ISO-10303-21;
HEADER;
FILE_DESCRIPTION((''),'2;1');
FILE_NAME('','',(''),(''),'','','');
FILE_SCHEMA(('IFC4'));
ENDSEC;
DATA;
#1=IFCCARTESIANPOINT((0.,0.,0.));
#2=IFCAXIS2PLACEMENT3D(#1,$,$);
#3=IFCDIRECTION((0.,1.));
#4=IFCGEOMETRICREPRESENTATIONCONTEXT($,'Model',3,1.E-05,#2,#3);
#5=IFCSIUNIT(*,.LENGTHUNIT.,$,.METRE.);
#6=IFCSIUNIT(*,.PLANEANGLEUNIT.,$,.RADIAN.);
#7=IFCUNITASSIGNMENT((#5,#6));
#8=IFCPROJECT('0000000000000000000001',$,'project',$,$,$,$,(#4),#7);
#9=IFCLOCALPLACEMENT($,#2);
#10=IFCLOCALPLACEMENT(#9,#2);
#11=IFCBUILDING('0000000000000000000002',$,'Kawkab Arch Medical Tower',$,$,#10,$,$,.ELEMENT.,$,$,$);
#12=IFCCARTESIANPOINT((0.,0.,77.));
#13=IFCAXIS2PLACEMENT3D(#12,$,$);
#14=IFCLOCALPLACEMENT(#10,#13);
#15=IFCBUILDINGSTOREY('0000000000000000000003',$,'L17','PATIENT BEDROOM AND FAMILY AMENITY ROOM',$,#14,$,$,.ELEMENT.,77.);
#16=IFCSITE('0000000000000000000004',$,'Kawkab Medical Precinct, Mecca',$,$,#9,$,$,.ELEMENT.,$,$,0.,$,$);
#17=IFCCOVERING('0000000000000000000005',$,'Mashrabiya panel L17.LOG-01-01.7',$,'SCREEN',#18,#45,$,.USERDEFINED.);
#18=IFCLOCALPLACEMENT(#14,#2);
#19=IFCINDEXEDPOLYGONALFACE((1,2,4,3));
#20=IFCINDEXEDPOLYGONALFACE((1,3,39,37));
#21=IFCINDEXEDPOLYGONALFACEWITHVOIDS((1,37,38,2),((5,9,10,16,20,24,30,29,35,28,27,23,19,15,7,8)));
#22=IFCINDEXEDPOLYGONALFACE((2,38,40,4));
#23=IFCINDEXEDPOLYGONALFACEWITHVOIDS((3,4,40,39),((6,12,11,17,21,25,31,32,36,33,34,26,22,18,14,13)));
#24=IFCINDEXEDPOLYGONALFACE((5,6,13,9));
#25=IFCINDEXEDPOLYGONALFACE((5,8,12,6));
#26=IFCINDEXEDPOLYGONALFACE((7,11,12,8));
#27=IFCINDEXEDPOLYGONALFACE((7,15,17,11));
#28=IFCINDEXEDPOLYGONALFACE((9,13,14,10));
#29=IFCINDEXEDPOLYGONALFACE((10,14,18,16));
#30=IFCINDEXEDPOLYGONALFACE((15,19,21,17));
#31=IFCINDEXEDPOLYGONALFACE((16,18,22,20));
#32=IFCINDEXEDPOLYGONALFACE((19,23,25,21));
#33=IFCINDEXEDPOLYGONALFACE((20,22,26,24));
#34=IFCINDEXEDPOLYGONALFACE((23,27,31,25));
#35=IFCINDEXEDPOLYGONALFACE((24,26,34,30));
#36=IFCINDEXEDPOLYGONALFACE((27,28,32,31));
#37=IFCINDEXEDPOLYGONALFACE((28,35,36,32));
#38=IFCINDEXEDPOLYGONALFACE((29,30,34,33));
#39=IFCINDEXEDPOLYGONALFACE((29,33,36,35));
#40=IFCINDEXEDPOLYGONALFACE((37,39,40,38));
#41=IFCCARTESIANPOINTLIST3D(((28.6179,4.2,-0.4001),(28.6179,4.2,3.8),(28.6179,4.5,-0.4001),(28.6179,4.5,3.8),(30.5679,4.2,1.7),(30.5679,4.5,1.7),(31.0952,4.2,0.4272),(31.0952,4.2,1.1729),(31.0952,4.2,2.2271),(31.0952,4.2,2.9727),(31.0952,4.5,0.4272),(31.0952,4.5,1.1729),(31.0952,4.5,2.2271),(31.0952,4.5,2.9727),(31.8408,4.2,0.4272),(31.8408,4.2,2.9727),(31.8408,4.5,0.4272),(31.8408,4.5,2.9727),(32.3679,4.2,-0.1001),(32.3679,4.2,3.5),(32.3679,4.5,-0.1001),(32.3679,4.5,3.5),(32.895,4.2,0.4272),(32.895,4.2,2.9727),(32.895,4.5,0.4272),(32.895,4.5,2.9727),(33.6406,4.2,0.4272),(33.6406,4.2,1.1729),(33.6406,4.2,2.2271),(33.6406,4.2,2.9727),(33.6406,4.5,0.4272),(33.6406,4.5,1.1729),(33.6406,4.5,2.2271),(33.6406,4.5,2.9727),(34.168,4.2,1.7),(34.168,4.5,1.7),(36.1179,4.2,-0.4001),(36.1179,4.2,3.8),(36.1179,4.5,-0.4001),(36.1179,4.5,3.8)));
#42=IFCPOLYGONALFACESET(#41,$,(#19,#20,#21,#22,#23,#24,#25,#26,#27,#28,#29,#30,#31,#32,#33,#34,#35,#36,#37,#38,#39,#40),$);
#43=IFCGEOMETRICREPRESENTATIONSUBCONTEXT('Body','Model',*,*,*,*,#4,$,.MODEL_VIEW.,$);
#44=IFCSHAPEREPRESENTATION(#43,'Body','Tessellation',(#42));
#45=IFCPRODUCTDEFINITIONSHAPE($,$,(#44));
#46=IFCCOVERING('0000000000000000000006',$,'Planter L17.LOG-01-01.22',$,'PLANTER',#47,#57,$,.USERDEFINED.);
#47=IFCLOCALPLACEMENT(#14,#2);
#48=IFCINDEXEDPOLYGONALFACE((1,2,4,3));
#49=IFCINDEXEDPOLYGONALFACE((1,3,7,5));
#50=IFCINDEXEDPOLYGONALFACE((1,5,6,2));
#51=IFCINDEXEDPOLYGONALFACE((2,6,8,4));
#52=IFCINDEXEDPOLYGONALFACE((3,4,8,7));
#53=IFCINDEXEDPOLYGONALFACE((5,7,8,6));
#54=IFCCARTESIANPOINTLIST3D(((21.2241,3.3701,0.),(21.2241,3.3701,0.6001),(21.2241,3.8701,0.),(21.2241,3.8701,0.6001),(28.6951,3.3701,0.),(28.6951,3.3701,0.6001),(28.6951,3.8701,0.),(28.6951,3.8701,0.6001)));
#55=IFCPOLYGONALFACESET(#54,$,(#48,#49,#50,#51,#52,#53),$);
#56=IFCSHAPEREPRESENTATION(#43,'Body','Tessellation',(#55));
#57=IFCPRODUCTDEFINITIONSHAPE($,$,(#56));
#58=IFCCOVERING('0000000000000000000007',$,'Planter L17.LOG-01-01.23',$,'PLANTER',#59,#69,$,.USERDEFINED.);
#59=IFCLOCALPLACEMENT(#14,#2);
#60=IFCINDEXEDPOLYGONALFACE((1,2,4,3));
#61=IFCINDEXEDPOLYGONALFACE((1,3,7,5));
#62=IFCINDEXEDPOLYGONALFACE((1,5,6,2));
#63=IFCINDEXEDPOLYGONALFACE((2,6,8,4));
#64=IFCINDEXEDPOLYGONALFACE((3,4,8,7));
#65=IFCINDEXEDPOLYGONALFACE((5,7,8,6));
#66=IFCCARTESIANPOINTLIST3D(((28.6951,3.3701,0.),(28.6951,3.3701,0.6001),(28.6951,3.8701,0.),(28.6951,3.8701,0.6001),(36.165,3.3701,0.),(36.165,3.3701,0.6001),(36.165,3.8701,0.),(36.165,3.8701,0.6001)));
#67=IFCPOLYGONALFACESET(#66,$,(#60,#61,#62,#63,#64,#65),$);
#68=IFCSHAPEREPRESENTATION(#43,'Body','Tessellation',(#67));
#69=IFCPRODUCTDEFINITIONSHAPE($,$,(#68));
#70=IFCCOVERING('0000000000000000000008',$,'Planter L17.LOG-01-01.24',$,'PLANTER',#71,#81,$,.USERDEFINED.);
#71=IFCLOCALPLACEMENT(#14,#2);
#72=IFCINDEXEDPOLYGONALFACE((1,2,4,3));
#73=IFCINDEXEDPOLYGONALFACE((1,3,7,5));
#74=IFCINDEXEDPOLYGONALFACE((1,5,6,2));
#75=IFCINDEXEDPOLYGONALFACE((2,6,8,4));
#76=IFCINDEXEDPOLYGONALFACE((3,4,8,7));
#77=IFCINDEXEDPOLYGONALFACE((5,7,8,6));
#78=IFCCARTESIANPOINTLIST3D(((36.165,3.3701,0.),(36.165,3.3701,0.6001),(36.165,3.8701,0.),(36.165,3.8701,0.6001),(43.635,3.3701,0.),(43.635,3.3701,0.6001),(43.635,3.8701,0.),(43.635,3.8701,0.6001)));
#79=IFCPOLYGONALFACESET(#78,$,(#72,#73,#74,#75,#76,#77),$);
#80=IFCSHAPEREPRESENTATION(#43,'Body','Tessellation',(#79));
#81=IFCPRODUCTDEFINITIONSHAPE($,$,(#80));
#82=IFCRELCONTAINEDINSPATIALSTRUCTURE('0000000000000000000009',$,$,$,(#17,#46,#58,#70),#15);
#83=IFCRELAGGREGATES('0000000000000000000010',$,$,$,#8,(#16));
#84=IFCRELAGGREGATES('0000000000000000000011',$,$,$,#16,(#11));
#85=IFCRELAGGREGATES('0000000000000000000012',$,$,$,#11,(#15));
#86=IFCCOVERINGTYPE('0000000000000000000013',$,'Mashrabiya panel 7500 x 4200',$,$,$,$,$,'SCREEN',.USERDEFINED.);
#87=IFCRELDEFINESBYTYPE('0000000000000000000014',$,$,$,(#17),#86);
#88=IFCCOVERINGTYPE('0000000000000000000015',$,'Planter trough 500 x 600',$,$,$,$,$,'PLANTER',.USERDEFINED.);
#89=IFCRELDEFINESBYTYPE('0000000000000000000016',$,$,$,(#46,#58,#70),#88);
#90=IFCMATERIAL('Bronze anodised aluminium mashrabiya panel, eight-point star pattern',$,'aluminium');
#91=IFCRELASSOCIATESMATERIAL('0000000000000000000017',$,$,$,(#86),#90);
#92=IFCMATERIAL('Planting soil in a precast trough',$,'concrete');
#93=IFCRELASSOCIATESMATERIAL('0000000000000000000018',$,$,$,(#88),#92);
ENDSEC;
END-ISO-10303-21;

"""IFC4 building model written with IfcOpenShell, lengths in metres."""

from ifc_helpers import new_model, si_unit, direction, frame, origin, origin_2d, place, context, subcontext, project, spatial, polyline, rectangle, outline, extrude, material, material_profile, profile_set, type_object, element, save


model = new_model("IFC4")

# Units and contexts
model_context = context("Model", 3, precision=1e-05, world=origin(), true_north=direction((0.0, 1.0)))
body_context = subcontext(model_context, "Body", "Model", "MODEL_VIEW")
ifc_project = project(units=[si_unit("LENGTHUNIT", "METRE"), si_unit("PLANEANGLEUNIT", "RADIAN")], contexts=[model_context])

# Site, building, storey
site_placement = place(None, origin())
site = spatial("IfcSite", under=ifc_project, at=site_placement, Name="Kawkab Medical Precinct, Mecca", CompositionType="ELEMENT", RefElevation=0.0)
building_placement = place(site_placement, origin())
building = spatial("IfcBuilding", under=site, at=building_placement, Name="Kawkab Arch Medical Tower", CompositionType="ELEMENT")
storey_placement = place(building_placement, frame((0.0, 0.0, 77.0)))
storey = spatial("IfcBuildingStorey", under=building, at=storey_placement, Name="L17", Description="PATIENT BEDROOM AND FAMILY AMENITY ROOM", CompositionType="ELEMENT", Elevation=77.0)

# Coverings
ifc_material_1 = material(Name="Bronze anodised aluminium mashrabiya panel, eight-point star pattern", Category="aluminium")
ifc_material_profile_1 = material_profile(ifc_material_1, outline(polyline([(-3.75, -2.1001), (3.75, -2.1001), (3.75, 2.1001), (-3.75, 2.1001), (-3.75, -2.1001)]), holes=[polyline([(1.8, 0.0), (1.2727, 0.5271), (1.2727, 1.2727), (0.5271, 1.2727), (0.0, 1.8), (-0.5271, 1.2727), (-1.2727, 1.2727), (-1.2727, 0.5271), (-1.8, 0.0), (-1.2727, -0.5271), (-1.2727, -1.2727), (-0.5271, -1.2727), (0.0, -1.8), (0.5271, -1.2727), (1.2727, -1.2727), (1.2727, -0.5271), (1.8, 0.0)])]), Name="Mashrabiya panel 7500x4200")
ifc_profile_set_1 = profile_set([ifc_material_profile_1], Name="Bronze anodised aluminium mashrabiya panel, eight-point star pattern")
covering_type_1 = type_object("IfcCoveringType", Name="Mashrabiya panel 7500 x 4200", ElementType="SCREEN", PredefinedType="USERDEFINED", material=ifc_profile_set_1)
covering_1_placement = place(storey_placement, frame((32.3679, 4.2, 1.7), z_axis=(0.0, 1.0, 0.0), x_axis=(-1.0, 0.0, 0.0)))
element("IfcCovering", 1, at=covering_1_placement, inside=storey, type_object=covering_type_1, Name="Mashrabiya panel L17.LOG-01-01.7", ObjectType="SCREEN", PredefinedType="USERDEFINED", context=body_context, shape_type="SweptSolid", body=[
    extrude(outline(polyline([(-3.75, -2.1001), (3.75, -2.1001), (3.75, 2.1001), (-3.75, 2.1001), (-3.75, -2.1001)]), holes=[polyline([(1.8, 0.0), (1.2727, 0.5271), (1.2727, 1.2727), (0.5271, 1.2727), (0.0, 1.8), (-0.5271, 1.2727), (-1.2727, 1.2727), (-1.2727, 0.5271), (-1.8, 0.0), (-1.2727, -0.5271), (-1.2727, -1.2727), (-0.5271, -1.2727), (0.0, -1.8), (0.5271, -1.2727), (1.2727, -1.2727), (1.2727, -0.5271), (1.8, 0.0)])]), origin(), (0.0, 0.0, 1.0), 0.3),
])
ifc_material_2 = material(Name="Planting soil in a precast trough", Category="concrete")
ifc_material_profile_2 = material_profile(ifc_material_2, rectangle(XDim=0.5, YDim=0.6001, at=origin_2d()), Name="Trough 500x600")
ifc_profile_set_2 = profile_set([ifc_material_profile_2], Name="Planting soil in a precast trough")
covering_type_2 = type_object("IfcCoveringType", Name="Planter trough 500 x 600", ElementType="PLANTER", PredefinedType="USERDEFINED", material=ifc_profile_set_2)
covering_2_placement = place(storey_placement, frame((21.2241, 3.6201, 0.3), z_axis=(1.0, 0.0, 0.0), x_axis=(0.0, 1.0, 0.0)))
element("IfcCovering", 2, at=covering_2_placement, inside=storey, type_object=covering_type_2, Name="Planter L17.LOG-01-01.22", ObjectType="PLANTER", PredefinedType="USERDEFINED", context=body_context, shape_type="SweptSolid", body=[
    extrude(rectangle(XDim=0.5, YDim=0.6001, at=origin_2d()), origin(), (0.0, 0.0, 1.0), 7.4709),
])
for number, where, z_axis, x_axis, name in (
    (3, (28.6951, 3.6201, 0.3), (1.0, 0.0, 0.0), (0.0, 1.0, 0.0), "Planter L17.LOG-01-01.23"),
    (4, (36.165, 3.6201, 0.3), (1.0, 0.0, 0.0), (0.0, 1.0, 0.0), "Planter L17.LOG-01-01.24"),
):
    element("IfcCovering", number, at=place(storey_placement, frame(where, z_axis=z_axis, x_axis=x_axis)), inside=storey, type_object=covering_type_2, Name=name, ObjectType="PLANTER", PredefinedType="USERDEFINED", context=body_context, shape_type="SweptSolid", body=[
        extrude(rectangle(XDim=0.5, YDim=0.6001, at=origin_2d()), origin(), (0.0, 0.0, 1.0), 7.47),
    ])

save(model, "model.ifc")
